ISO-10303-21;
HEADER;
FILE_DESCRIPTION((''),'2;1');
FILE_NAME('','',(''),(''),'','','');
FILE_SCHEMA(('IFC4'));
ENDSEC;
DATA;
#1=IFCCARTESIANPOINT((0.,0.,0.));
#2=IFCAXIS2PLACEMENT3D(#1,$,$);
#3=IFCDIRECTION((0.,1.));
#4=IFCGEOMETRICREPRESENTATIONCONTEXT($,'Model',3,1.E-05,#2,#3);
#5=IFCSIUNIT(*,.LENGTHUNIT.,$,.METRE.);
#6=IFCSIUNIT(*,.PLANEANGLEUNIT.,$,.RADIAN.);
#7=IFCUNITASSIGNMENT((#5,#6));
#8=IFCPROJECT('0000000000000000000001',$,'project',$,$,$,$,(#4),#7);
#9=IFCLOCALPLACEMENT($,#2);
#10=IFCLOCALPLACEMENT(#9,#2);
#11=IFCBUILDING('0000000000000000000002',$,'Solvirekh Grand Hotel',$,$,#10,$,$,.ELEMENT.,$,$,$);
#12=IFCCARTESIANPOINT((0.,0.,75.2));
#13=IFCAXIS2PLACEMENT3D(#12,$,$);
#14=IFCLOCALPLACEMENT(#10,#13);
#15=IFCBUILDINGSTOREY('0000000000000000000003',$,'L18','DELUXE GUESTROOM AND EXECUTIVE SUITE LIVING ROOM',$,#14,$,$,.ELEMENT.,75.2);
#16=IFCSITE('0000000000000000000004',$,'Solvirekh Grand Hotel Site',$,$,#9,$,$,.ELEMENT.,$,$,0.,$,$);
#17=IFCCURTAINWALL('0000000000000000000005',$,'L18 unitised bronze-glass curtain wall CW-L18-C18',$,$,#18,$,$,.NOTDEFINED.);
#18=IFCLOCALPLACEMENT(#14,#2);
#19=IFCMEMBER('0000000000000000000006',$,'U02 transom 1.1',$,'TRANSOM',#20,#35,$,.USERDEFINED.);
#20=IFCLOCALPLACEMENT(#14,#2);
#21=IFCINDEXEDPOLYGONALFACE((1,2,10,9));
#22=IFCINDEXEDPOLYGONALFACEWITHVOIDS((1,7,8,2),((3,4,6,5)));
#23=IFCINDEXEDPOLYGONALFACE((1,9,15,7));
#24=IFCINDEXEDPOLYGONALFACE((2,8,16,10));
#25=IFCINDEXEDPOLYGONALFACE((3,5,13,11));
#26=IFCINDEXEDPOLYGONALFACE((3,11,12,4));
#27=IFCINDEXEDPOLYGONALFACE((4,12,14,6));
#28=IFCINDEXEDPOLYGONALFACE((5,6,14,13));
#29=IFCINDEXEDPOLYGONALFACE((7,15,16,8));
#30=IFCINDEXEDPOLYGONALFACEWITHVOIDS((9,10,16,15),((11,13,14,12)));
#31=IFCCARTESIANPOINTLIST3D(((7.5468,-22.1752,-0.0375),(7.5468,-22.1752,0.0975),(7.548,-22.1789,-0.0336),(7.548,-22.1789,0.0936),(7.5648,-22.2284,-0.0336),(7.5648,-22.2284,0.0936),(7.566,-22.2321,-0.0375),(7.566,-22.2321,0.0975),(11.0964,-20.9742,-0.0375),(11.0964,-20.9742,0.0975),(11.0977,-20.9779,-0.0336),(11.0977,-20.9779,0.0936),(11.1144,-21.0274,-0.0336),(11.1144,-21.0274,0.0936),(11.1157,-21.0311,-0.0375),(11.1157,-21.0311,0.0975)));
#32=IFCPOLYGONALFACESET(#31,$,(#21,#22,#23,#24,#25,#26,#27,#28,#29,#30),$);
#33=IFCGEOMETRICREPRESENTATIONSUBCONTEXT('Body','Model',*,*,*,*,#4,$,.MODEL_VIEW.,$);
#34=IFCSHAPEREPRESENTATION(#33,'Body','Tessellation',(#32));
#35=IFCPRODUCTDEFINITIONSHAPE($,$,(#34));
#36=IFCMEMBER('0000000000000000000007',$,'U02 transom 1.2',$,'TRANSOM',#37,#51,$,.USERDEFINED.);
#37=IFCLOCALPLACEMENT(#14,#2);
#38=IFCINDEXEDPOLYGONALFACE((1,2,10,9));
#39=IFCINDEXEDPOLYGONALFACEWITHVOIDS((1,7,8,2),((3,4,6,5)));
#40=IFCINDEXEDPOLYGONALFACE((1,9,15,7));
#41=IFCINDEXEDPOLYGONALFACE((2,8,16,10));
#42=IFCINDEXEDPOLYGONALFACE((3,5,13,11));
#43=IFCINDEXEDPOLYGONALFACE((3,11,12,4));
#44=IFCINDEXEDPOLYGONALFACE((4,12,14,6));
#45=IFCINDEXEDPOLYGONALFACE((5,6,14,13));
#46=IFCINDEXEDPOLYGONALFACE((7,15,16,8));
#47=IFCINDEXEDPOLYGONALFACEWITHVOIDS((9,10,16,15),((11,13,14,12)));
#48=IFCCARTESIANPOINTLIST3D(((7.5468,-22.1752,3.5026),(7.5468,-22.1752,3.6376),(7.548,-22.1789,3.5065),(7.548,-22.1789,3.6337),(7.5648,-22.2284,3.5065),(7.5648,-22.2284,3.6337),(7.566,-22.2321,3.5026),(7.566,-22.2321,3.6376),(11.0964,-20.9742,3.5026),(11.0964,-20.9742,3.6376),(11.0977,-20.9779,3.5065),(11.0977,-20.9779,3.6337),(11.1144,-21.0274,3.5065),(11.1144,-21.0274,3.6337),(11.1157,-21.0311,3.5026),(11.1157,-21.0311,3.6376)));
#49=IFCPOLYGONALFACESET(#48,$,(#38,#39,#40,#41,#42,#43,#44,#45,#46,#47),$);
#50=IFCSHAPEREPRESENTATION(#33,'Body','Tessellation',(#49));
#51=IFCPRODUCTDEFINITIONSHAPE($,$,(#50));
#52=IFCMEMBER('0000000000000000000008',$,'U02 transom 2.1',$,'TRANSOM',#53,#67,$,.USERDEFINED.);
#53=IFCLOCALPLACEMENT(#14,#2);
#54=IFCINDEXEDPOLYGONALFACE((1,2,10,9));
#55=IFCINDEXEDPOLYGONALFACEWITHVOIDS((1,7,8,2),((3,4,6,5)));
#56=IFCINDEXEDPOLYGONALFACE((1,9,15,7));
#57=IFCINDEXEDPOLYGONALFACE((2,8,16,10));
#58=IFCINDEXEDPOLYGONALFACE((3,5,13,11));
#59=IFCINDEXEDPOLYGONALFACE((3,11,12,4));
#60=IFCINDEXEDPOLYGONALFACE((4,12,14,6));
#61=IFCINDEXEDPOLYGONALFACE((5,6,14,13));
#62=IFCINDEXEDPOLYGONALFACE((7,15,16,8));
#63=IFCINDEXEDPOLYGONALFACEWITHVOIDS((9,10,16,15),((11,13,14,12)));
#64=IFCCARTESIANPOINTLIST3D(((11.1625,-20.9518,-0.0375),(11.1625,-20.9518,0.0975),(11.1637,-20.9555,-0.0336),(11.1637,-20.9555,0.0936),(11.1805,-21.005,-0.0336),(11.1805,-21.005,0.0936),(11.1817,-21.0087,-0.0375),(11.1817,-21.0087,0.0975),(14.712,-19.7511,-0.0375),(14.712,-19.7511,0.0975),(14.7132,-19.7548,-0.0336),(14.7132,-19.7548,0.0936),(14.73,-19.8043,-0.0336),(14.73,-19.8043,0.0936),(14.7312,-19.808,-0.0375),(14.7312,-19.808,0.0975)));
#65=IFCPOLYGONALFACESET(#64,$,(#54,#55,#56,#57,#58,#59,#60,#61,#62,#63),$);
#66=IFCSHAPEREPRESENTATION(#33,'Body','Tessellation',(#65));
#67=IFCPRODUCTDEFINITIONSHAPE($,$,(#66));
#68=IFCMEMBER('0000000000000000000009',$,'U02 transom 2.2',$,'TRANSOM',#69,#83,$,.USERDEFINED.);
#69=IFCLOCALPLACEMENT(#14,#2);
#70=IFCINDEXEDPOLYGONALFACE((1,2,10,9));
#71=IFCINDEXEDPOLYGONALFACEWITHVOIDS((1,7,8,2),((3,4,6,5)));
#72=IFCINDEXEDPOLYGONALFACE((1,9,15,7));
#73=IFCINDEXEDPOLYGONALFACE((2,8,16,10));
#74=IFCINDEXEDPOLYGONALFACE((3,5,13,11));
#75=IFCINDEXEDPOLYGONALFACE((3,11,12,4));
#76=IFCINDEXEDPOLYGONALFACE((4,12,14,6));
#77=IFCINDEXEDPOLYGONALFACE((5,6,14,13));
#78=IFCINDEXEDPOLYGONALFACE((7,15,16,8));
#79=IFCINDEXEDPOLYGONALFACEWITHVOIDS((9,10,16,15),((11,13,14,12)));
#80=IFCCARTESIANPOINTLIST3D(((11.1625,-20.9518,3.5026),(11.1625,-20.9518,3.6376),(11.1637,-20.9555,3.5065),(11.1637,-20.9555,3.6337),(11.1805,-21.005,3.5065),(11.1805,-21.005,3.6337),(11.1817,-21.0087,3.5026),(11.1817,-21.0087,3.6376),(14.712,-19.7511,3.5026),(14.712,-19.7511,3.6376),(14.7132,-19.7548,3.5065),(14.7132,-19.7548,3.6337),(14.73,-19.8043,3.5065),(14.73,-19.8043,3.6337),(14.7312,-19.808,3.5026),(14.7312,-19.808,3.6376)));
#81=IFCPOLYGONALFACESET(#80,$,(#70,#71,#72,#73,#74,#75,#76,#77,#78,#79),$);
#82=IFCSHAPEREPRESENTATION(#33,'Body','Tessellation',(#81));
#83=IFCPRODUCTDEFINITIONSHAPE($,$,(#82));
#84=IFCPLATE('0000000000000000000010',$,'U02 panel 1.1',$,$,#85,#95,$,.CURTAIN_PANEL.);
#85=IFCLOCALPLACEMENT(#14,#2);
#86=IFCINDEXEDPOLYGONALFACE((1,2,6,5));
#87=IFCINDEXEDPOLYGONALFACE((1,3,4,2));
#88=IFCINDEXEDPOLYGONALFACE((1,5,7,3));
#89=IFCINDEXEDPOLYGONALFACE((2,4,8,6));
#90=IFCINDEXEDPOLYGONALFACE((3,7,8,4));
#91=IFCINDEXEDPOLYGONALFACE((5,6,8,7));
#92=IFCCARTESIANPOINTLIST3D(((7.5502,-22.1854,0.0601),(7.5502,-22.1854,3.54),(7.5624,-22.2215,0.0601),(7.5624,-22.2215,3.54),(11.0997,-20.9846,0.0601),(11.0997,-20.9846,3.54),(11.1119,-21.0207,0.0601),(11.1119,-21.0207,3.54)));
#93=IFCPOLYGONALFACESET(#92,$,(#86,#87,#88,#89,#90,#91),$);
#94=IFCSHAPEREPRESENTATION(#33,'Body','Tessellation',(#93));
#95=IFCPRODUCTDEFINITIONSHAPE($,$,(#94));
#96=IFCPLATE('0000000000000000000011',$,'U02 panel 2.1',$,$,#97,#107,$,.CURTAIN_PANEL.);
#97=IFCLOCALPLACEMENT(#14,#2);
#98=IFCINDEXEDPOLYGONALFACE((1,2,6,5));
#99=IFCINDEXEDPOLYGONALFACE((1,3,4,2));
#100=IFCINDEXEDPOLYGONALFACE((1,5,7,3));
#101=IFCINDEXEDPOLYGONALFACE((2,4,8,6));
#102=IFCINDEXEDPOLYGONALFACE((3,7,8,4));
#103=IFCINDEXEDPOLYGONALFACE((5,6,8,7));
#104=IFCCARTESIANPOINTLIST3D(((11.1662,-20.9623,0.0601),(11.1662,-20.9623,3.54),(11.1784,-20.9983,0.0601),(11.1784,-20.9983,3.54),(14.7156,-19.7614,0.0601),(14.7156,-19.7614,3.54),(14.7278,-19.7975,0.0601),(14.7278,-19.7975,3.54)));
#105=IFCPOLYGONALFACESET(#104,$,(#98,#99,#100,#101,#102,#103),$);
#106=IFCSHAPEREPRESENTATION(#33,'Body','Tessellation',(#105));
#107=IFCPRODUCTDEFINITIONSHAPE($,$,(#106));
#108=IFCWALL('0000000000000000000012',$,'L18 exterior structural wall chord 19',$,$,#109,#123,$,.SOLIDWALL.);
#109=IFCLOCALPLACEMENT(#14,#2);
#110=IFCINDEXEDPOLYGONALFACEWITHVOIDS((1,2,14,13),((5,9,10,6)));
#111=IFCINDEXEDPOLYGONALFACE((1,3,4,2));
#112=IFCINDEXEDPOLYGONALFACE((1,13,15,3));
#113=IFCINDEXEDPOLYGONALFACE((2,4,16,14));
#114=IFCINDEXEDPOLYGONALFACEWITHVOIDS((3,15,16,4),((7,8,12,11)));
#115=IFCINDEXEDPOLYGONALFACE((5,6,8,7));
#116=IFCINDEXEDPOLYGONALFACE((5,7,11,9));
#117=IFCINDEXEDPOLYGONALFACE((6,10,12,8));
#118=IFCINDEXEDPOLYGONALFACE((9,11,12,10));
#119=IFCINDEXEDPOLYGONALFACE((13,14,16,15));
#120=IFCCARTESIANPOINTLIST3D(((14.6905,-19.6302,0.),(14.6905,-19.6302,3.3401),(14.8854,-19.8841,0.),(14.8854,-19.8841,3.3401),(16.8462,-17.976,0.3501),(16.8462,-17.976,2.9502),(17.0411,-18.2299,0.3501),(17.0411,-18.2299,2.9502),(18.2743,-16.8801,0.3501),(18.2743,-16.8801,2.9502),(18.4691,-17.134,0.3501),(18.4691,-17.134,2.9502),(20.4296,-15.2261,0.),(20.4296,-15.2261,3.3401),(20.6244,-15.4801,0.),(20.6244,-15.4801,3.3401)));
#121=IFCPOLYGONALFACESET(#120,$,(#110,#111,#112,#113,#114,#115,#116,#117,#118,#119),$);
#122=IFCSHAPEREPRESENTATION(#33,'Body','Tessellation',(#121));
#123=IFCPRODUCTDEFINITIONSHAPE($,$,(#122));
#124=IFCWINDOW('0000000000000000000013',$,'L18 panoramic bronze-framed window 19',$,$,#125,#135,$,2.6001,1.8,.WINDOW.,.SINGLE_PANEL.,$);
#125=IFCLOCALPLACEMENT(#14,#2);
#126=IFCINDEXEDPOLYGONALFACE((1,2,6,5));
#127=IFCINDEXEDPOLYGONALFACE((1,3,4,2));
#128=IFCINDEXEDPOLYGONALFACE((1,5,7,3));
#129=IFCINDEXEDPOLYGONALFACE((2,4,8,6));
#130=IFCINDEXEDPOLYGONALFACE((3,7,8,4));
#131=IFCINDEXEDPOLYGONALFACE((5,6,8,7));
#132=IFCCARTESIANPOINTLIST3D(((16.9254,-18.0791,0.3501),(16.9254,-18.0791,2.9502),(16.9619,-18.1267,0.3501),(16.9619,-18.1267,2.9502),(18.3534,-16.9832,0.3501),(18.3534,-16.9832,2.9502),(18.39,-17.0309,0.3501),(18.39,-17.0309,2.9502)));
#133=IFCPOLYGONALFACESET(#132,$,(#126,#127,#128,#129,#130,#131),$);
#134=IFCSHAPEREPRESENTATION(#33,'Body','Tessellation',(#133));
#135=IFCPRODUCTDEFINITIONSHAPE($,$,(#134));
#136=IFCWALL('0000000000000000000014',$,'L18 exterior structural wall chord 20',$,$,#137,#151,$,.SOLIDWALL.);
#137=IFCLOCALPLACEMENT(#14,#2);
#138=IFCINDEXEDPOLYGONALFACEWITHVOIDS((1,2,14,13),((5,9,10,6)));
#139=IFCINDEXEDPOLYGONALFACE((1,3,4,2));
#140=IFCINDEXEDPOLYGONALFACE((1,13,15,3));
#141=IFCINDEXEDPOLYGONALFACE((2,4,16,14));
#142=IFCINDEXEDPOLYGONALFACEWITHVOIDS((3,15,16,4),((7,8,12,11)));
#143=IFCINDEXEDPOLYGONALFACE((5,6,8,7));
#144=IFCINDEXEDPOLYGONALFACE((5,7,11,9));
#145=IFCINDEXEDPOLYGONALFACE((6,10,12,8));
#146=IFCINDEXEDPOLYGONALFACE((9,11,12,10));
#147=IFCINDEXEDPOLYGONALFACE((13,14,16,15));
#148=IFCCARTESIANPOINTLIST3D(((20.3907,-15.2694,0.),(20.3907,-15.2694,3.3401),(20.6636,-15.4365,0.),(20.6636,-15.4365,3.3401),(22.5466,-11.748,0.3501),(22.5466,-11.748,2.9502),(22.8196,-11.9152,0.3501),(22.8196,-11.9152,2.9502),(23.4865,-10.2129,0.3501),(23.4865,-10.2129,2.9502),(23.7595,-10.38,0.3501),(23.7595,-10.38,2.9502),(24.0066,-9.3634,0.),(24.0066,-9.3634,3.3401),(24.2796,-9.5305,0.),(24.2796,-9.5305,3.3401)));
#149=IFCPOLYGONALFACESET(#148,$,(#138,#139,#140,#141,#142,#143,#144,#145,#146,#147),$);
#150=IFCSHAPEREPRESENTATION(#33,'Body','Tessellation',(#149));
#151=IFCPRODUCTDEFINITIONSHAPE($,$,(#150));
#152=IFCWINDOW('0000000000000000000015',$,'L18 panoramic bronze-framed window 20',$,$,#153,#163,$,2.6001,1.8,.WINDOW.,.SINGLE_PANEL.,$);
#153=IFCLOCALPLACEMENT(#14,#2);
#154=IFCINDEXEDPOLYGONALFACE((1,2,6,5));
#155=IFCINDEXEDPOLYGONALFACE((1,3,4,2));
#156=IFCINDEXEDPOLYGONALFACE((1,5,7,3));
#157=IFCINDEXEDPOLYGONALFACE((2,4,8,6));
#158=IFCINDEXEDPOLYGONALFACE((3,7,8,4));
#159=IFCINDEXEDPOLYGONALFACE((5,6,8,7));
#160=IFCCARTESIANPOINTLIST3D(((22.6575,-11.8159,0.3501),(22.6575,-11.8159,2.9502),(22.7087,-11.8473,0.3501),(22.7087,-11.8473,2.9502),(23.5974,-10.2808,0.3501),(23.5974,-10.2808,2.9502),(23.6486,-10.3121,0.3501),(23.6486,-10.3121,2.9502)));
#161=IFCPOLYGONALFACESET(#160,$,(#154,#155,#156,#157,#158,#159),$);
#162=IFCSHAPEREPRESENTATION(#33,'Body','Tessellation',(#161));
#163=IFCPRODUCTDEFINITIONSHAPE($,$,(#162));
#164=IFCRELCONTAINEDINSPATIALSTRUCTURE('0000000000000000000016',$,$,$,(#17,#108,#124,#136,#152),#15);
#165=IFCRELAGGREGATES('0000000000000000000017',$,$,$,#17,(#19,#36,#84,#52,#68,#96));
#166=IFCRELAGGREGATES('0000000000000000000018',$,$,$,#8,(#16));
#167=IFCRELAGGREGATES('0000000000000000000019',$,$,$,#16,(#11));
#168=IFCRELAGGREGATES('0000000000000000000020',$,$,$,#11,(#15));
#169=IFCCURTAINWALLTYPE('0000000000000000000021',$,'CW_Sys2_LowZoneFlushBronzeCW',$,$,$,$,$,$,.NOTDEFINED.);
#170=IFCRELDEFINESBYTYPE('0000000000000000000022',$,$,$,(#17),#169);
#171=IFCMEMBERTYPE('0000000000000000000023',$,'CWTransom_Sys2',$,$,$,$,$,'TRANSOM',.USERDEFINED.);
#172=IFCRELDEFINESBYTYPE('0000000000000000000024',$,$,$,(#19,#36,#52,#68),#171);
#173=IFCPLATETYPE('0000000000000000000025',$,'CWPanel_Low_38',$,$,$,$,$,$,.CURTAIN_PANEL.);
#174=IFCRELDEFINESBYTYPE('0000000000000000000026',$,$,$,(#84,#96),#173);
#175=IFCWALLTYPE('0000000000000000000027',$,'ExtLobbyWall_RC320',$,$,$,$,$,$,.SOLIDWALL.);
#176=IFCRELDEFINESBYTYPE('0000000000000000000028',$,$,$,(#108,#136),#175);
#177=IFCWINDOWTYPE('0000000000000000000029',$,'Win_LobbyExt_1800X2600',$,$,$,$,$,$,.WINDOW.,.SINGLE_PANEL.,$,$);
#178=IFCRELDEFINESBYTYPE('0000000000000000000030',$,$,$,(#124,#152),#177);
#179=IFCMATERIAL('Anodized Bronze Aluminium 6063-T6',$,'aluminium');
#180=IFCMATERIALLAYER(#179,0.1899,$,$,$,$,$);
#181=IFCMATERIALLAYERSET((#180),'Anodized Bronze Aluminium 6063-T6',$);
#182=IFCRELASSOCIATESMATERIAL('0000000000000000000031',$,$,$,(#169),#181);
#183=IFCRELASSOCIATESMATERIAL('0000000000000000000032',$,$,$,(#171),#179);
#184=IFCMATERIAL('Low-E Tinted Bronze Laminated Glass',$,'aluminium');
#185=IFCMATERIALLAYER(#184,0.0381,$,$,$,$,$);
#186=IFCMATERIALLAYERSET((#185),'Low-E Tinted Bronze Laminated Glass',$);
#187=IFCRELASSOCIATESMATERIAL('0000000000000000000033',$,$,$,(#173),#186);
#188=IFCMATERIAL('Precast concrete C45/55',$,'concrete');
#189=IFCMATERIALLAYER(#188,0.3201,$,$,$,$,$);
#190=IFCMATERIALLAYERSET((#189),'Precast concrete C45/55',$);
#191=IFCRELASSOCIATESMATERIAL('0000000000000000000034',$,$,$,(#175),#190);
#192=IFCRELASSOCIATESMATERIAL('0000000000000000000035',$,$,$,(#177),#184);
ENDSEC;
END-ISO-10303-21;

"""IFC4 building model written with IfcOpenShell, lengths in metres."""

from ifc_helpers import new_model, si_unit, direction, frame, frame_2d, origin, origin_2d, place, context, subcontext, project, spatial, rectangle, hollow_rectangle, extrude, source, transform, mapped, material, layer, layer_set, material_profile, profile_set, type_object, element, fill, aggregate, save


model = new_model("IFC4")

# Units and contexts
model_context = context("Model", 3, precision=1e-05, world=origin(), true_north=direction((0.0, 1.0)))
body_context = subcontext(model_context, "Body", "Model", "MODEL_VIEW")
ifc_project = project(units=[si_unit("LENGTHUNIT", "METRE"), si_unit("PLANEANGLEUNIT", "RADIAN")], contexts=[model_context])

# Site, building, storey
site_placement = place(None, origin())
site = spatial("IfcSite", under=ifc_project, at=site_placement, Name="Solvirekh Grand Hotel Site", CompositionType="ELEMENT", RefElevation=0.0)
building_placement = place(site_placement, origin())
building = spatial("IfcBuilding", under=site, at=building_placement, Name="Solvirekh Grand Hotel", CompositionType="ELEMENT")
storey_placement = place(building_placement, frame((0.0, 0.0, 75.2)))
storey = spatial("IfcBuildingStorey", under=building, at=storey_placement, Name="L18", Description="DELUXE GUESTROOM AND EXECUTIVE SUITE LIVING ROOM", CompositionType="ELEMENT", Elevation=75.2)

# Shared definitions
ifc_material_1 = material(Name="Anodized Bronze Aluminium 6063-T6", Category="aluminium")
ifc_layer_1 = layer(ifc_material_1, 0.1899)
ifc_layer_set_1 = layer_set([ifc_layer_1], Name="Anodized Bronze Aluminium 6063-T6")
curtain_wall_type = type_object("IfcCurtainWallType", Name="CW_Sys2_LowZoneFlushBronzeCW", PredefinedType="NOTDEFINED", material=ifc_layer_set_1)

# Curtain wall, members, plates
curtain_wall_1_placement = place(storey_placement, origin())
curtain_wall_1 = element("IfcCurtainWall", 1, at=curtain_wall_1_placement, inside=storey, type_object=curtain_wall_type, Name="L18 unitised bronze-glass curtain wall CW-L18-C18", PredefinedType="NOTDEFINED")
ifc_material_profile_1 = material_profile(ifc_material_1, hollow_rectangle(XDim=0.0601, YDim=0.135, WallThickness=0.0039, at=origin_2d()), Name="ALU RHS 135X60X4")
ifc_profile_set_1 = profile_set([ifc_material_profile_1], Name="Anodized Bronze Aluminium 6063-T6")
member_type_1 = type_object("IfcMemberType", Name="CWTransom_Sys2", ElementType="TRANSOM", PredefinedType="USERDEFINED", material=ifc_profile_set_1)
shared_shape_1 = source(origin(), body_context, "Body", "SweptSolid", [
    extrude(hollow_rectangle(XDim=0.0601, YDim=0.135, WallThickness=0.0039, at=origin_2d()), origin(), (0.0, 0.0, 1.0), 3.7473),
])
member_1_placement = place(storey_placement, frame((7.5564, -22.2036, 0.03), z_axis=(0.947253, 0.320486, 0.0), x_axis=(-0.320486, 0.947253, 0.0)))
member_1 = element("IfcMember", 2, at=member_1_placement, type_object=member_type_1, Name="U02 transom 1.1", ObjectType="TRANSOM", PredefinedType="USERDEFINED", context=body_context, shape_type="MappedRepresentation", body=[
    mapped(shared_shape_1, transform((0.0, 0.0, 0.0), x_axis=(1.0, 0.0, 0.0), y_axis=(0.0, 1.0, 0.0), z_axis=(0.0, 0.0, 1.0), scale=1.0)),
])
member_2_placement = place(storey_placement, frame((7.5564, -22.2036, 3.5701), z_axis=(0.947253, 0.320486, 0.0), x_axis=(-0.320486, 0.947253, 0.0)))
member_2 = element("IfcMember", 3, at=member_2_placement, type_object=member_type_1, Name="U02 transom 1.2", ObjectType="TRANSOM", PredefinedType="USERDEFINED", context=body_context, shape_type="MappedRepresentation", body=[
    mapped(shared_shape_1, transform((0.0, 0.0, 0.0), x_axis=(1.0, 0.0, 0.0), y_axis=(0.0, 1.0, 0.0), z_axis=(0.0, 0.0, 1.0), scale=1.0)),
])
shared_shape_2 = source(origin(), body_context, "Body", "SweptSolid", [
    extrude(hollow_rectangle(XDim=0.0601, YDim=0.135, WallThickness=0.0039, at=origin_2d()), origin(), (0.0, 0.0, 1.0), 3.7471),
])
member_3_placement = place(storey_placement, frame((11.1721, -20.9802, 0.03), z_axis=(0.947273, 0.320427, 0.0), x_axis=(-0.320427, 0.947273, 0.0)))
member_3 = element("IfcMember", 4, at=member_3_placement, type_object=member_type_1, Name="U02 transom 2.1", ObjectType="TRANSOM", PredefinedType="USERDEFINED", context=body_context, shape_type="MappedRepresentation", body=[
    mapped(shared_shape_2, transform((0.0, 0.0, 0.0), x_axis=(1.0, 0.0, 0.0), y_axis=(0.0, 1.0, 0.0), z_axis=(0.0, 0.0, 1.0), scale=1.0)),
])
member_4_placement = place(storey_placement, frame((11.1721, -20.9802, 3.5701), z_axis=(0.947273, 0.320427, 0.0), x_axis=(-0.320427, 0.947273, 0.0)))
member_4 = element("IfcMember", 5, at=member_4_placement, type_object=member_type_1, Name="U02 transom 2.2", ObjectType="TRANSOM", PredefinedType="USERDEFINED", context=body_context, shape_type="MappedRepresentation", body=[
    mapped(shared_shape_2, transform((0.0, 0.0, 0.0), x_axis=(1.0, 0.0, 0.0), y_axis=(0.0, 1.0, 0.0), z_axis=(0.0, 0.0, 1.0), scale=1.0)),
])
ifc_material_2 = material(Name="Low-E Tinted Bronze Laminated Glass", Category="aluminium")
ifc_layer_2 = layer(ifc_material_2, 0.0381)
ifc_layer_set_2 = layer_set([ifc_layer_2], Name="Low-E Tinted Bronze Laminated Glass")
plate_type = type_object("IfcPlateType", Name="CWPanel_Low_38", PredefinedType="CURTAIN_PANEL", material=ifc_layer_set_2)
shared_shape_3 = source(origin(), body_context, "Body", "SweptSolid", [
    extrude(rectangle(XDim=3.7471, YDim=0.0381, at=origin_2d()), origin(), (0.0, 0.0, 1.0), 3.48),
])
plate_1_placement = place(storey_placement, frame((9.3311, -21.603, 0.0601), z_axis=(0.0, 0.0, 1.0), x_axis=(0.947259, 0.320469, 0.0)))
plate_1 = element("IfcPlate", 6, at=plate_1_placement, type_object=plate_type, Name="U02 panel 1.1", PredefinedType="CURTAIN_PANEL", context=body_context, shape_type="MappedRepresentation", body=[
    mapped(shared_shape_3, transform((0.0, 0.0, 0.0), x_axis=(1.0, 0.0, 0.0), y_axis=(0.0, 1.0, 0.0), z_axis=(0.0, 0.0, 1.0), scale=1.0)),
])
plate_2_placement = place(storey_placement, frame((12.947, -20.3799, 0.0601), z_axis=(0.0, 0.0, 1.0), x_axis=(0.947259, 0.320469, 0.0)))
plate_2 = element("IfcPlate", 7, at=plate_2_placement, type_object=plate_type, Name="U02 panel 2.1", PredefinedType="CURTAIN_PANEL", context=body_context, shape_type="MappedRepresentation", body=[
    mapped(shared_shape_3, transform((0.0, 0.0, 0.0), x_axis=(1.0, 0.0, 0.0), y_axis=(0.0, 1.0, 0.0), z_axis=(0.0, 0.0, 1.0), scale=1.0)),
])
aggregate(curtain_wall_1, [member_1, member_2, plate_1, member_3, member_4, plate_2])

# Walls, openings, windows
ifc_material_3 = material(Name="Precast concrete C45/55", Category="concrete")
ifc_layer_3 = layer(ifc_material_3, 0.3201)
ifc_layer_set_3 = layer_set([ifc_layer_3], Name="Precast concrete C45/55")
wall_type_1 = type_object("IfcWallType", Name="ExtLobbyWall_RC320", PredefinedType="SOLIDWALL", material=ifc_layer_set_3)
wall_1_placement = place(storey_placement, frame((20.5271, -15.353, 0.0), z_axis=(0.0, 0.0, 1.0), x_axis=(-0.79333, -0.608792, 0.0)))
wall_1 = element("IfcWall", 8, at=wall_1_placement, inside=storey, type_object=wall_type_1, Name="L18 exterior structural wall chord 19", PredefinedType="SOLIDWALL", context=body_context, shape_type="SweptSolid", body=[
    extrude(rectangle(XDim=7.2341, YDim=0.3201, at=frame_2d((3.6172, 0.0))), origin(), (0.0, 0.0, 1.0), 3.3401),
])
opening_1_placement = place(wall_1_placement, frame((2.717, 0.0, 0.3501)))
opening_1 = element("IfcOpeningElement", 9, at=opening_1_placement, cuts=wall_1, PredefinedType="OPENING", context=body_context, shape_type="SweptSolid", body=[
    extrude(rectangle(XDim=1.8, YDim=2.6001, at=frame_2d((0.8999, 1.3))), frame((0.0, 0.1699, 0.0), z_axis=(0.0, -1.0, 0.0), x_axis=(1.0, 0.0, 0.0)), (0.0, 0.0, 1.0), 0.3401),
])
window_type = type_object("IfcWindowType", Name="Win_LobbyExt_1800X2600", PartitioningType="SINGLE_PANEL", PredefinedType="WINDOW", material=ifc_material_2)
window_1_placement = place(opening_1_placement, origin())
window_1 = element("IfcWindow", 10, at=window_1_placement, inside=storey, type_object=window_type, Name="L18 panoramic bronze-framed window 19", OverallHeight=2.6001, OverallWidth=1.8, PartitioningType="SINGLE_PANEL", PredefinedType="WINDOW", context=body_context, shape_type="SweptSolid", body=[
    extrude(rectangle(XDim=1.8, YDim=2.6001, at=frame_2d((0.8999, 1.3))), frame((0.0, 0.03, 0.0), z_axis=(0.0, -1.0, 0.0), x_axis=(1.0, 0.0, 0.0)), (0.0, 0.0, 1.0), 0.0601),
])
fill(opening_1, window_1)
wall_2_placement = place(storey_placement, frame((24.1431, -9.447, 0.0), z_axis=(0.0, 0.0, 1.0), x_axis=(-0.522159, -0.852848, 0.0)))
wall_2 = element("IfcWall", 11, at=wall_2_placement, inside=storey, type_object=wall_type_1, Name="L18 exterior structural wall chord 20", PredefinedType="SOLIDWALL", context=body_context, shape_type="SweptSolid", body=[
    extrude(rectangle(XDim=6.925, YDim=0.3201, at=frame_2d((3.4624, 0.0))), origin(), (0.0, 0.0, 1.0), 3.3401),
])
opening_2_placement = place(wall_2_placement, frame((0.9961, 0.0, 0.3501)))
opening_2 = element("IfcOpeningElement", 12, at=opening_2_placement, cuts=wall_2, PredefinedType="OPENING", context=body_context, shape_type="SweptSolid", body=[
    extrude(rectangle(XDim=1.8, YDim=2.6001, at=frame_2d((0.8999, 1.3))), frame((0.0, 0.1699, 0.0), z_axis=(0.0, -1.0, 0.0), x_axis=(1.0, 0.0, 0.0)), (0.0, 0.0, 1.0), 0.3401),
])
window_2_placement = place(opening_2_placement, origin())
window_2 = element("IfcWindow", 13, at=window_2_placement, inside=storey, type_object=window_type, Name="L18 panoramic bronze-framed window 20", OverallHeight=2.6001, OverallWidth=1.8, PartitioningType="SINGLE_PANEL", PredefinedType="WINDOW", context=body_context, shape_type="SweptSolid", body=[
    extrude(rectangle(XDim=1.8, YDim=2.6001, at=frame_2d((0.8999, 1.3))), frame((0.0, 0.03, 0.0), z_axis=(0.0, -1.0, 0.0), x_axis=(1.0, 0.0, 0.0)), (0.0, 0.0, 1.0), 0.0601),
])
fill(opening_2, window_2)

save(model, "model.ifc")
